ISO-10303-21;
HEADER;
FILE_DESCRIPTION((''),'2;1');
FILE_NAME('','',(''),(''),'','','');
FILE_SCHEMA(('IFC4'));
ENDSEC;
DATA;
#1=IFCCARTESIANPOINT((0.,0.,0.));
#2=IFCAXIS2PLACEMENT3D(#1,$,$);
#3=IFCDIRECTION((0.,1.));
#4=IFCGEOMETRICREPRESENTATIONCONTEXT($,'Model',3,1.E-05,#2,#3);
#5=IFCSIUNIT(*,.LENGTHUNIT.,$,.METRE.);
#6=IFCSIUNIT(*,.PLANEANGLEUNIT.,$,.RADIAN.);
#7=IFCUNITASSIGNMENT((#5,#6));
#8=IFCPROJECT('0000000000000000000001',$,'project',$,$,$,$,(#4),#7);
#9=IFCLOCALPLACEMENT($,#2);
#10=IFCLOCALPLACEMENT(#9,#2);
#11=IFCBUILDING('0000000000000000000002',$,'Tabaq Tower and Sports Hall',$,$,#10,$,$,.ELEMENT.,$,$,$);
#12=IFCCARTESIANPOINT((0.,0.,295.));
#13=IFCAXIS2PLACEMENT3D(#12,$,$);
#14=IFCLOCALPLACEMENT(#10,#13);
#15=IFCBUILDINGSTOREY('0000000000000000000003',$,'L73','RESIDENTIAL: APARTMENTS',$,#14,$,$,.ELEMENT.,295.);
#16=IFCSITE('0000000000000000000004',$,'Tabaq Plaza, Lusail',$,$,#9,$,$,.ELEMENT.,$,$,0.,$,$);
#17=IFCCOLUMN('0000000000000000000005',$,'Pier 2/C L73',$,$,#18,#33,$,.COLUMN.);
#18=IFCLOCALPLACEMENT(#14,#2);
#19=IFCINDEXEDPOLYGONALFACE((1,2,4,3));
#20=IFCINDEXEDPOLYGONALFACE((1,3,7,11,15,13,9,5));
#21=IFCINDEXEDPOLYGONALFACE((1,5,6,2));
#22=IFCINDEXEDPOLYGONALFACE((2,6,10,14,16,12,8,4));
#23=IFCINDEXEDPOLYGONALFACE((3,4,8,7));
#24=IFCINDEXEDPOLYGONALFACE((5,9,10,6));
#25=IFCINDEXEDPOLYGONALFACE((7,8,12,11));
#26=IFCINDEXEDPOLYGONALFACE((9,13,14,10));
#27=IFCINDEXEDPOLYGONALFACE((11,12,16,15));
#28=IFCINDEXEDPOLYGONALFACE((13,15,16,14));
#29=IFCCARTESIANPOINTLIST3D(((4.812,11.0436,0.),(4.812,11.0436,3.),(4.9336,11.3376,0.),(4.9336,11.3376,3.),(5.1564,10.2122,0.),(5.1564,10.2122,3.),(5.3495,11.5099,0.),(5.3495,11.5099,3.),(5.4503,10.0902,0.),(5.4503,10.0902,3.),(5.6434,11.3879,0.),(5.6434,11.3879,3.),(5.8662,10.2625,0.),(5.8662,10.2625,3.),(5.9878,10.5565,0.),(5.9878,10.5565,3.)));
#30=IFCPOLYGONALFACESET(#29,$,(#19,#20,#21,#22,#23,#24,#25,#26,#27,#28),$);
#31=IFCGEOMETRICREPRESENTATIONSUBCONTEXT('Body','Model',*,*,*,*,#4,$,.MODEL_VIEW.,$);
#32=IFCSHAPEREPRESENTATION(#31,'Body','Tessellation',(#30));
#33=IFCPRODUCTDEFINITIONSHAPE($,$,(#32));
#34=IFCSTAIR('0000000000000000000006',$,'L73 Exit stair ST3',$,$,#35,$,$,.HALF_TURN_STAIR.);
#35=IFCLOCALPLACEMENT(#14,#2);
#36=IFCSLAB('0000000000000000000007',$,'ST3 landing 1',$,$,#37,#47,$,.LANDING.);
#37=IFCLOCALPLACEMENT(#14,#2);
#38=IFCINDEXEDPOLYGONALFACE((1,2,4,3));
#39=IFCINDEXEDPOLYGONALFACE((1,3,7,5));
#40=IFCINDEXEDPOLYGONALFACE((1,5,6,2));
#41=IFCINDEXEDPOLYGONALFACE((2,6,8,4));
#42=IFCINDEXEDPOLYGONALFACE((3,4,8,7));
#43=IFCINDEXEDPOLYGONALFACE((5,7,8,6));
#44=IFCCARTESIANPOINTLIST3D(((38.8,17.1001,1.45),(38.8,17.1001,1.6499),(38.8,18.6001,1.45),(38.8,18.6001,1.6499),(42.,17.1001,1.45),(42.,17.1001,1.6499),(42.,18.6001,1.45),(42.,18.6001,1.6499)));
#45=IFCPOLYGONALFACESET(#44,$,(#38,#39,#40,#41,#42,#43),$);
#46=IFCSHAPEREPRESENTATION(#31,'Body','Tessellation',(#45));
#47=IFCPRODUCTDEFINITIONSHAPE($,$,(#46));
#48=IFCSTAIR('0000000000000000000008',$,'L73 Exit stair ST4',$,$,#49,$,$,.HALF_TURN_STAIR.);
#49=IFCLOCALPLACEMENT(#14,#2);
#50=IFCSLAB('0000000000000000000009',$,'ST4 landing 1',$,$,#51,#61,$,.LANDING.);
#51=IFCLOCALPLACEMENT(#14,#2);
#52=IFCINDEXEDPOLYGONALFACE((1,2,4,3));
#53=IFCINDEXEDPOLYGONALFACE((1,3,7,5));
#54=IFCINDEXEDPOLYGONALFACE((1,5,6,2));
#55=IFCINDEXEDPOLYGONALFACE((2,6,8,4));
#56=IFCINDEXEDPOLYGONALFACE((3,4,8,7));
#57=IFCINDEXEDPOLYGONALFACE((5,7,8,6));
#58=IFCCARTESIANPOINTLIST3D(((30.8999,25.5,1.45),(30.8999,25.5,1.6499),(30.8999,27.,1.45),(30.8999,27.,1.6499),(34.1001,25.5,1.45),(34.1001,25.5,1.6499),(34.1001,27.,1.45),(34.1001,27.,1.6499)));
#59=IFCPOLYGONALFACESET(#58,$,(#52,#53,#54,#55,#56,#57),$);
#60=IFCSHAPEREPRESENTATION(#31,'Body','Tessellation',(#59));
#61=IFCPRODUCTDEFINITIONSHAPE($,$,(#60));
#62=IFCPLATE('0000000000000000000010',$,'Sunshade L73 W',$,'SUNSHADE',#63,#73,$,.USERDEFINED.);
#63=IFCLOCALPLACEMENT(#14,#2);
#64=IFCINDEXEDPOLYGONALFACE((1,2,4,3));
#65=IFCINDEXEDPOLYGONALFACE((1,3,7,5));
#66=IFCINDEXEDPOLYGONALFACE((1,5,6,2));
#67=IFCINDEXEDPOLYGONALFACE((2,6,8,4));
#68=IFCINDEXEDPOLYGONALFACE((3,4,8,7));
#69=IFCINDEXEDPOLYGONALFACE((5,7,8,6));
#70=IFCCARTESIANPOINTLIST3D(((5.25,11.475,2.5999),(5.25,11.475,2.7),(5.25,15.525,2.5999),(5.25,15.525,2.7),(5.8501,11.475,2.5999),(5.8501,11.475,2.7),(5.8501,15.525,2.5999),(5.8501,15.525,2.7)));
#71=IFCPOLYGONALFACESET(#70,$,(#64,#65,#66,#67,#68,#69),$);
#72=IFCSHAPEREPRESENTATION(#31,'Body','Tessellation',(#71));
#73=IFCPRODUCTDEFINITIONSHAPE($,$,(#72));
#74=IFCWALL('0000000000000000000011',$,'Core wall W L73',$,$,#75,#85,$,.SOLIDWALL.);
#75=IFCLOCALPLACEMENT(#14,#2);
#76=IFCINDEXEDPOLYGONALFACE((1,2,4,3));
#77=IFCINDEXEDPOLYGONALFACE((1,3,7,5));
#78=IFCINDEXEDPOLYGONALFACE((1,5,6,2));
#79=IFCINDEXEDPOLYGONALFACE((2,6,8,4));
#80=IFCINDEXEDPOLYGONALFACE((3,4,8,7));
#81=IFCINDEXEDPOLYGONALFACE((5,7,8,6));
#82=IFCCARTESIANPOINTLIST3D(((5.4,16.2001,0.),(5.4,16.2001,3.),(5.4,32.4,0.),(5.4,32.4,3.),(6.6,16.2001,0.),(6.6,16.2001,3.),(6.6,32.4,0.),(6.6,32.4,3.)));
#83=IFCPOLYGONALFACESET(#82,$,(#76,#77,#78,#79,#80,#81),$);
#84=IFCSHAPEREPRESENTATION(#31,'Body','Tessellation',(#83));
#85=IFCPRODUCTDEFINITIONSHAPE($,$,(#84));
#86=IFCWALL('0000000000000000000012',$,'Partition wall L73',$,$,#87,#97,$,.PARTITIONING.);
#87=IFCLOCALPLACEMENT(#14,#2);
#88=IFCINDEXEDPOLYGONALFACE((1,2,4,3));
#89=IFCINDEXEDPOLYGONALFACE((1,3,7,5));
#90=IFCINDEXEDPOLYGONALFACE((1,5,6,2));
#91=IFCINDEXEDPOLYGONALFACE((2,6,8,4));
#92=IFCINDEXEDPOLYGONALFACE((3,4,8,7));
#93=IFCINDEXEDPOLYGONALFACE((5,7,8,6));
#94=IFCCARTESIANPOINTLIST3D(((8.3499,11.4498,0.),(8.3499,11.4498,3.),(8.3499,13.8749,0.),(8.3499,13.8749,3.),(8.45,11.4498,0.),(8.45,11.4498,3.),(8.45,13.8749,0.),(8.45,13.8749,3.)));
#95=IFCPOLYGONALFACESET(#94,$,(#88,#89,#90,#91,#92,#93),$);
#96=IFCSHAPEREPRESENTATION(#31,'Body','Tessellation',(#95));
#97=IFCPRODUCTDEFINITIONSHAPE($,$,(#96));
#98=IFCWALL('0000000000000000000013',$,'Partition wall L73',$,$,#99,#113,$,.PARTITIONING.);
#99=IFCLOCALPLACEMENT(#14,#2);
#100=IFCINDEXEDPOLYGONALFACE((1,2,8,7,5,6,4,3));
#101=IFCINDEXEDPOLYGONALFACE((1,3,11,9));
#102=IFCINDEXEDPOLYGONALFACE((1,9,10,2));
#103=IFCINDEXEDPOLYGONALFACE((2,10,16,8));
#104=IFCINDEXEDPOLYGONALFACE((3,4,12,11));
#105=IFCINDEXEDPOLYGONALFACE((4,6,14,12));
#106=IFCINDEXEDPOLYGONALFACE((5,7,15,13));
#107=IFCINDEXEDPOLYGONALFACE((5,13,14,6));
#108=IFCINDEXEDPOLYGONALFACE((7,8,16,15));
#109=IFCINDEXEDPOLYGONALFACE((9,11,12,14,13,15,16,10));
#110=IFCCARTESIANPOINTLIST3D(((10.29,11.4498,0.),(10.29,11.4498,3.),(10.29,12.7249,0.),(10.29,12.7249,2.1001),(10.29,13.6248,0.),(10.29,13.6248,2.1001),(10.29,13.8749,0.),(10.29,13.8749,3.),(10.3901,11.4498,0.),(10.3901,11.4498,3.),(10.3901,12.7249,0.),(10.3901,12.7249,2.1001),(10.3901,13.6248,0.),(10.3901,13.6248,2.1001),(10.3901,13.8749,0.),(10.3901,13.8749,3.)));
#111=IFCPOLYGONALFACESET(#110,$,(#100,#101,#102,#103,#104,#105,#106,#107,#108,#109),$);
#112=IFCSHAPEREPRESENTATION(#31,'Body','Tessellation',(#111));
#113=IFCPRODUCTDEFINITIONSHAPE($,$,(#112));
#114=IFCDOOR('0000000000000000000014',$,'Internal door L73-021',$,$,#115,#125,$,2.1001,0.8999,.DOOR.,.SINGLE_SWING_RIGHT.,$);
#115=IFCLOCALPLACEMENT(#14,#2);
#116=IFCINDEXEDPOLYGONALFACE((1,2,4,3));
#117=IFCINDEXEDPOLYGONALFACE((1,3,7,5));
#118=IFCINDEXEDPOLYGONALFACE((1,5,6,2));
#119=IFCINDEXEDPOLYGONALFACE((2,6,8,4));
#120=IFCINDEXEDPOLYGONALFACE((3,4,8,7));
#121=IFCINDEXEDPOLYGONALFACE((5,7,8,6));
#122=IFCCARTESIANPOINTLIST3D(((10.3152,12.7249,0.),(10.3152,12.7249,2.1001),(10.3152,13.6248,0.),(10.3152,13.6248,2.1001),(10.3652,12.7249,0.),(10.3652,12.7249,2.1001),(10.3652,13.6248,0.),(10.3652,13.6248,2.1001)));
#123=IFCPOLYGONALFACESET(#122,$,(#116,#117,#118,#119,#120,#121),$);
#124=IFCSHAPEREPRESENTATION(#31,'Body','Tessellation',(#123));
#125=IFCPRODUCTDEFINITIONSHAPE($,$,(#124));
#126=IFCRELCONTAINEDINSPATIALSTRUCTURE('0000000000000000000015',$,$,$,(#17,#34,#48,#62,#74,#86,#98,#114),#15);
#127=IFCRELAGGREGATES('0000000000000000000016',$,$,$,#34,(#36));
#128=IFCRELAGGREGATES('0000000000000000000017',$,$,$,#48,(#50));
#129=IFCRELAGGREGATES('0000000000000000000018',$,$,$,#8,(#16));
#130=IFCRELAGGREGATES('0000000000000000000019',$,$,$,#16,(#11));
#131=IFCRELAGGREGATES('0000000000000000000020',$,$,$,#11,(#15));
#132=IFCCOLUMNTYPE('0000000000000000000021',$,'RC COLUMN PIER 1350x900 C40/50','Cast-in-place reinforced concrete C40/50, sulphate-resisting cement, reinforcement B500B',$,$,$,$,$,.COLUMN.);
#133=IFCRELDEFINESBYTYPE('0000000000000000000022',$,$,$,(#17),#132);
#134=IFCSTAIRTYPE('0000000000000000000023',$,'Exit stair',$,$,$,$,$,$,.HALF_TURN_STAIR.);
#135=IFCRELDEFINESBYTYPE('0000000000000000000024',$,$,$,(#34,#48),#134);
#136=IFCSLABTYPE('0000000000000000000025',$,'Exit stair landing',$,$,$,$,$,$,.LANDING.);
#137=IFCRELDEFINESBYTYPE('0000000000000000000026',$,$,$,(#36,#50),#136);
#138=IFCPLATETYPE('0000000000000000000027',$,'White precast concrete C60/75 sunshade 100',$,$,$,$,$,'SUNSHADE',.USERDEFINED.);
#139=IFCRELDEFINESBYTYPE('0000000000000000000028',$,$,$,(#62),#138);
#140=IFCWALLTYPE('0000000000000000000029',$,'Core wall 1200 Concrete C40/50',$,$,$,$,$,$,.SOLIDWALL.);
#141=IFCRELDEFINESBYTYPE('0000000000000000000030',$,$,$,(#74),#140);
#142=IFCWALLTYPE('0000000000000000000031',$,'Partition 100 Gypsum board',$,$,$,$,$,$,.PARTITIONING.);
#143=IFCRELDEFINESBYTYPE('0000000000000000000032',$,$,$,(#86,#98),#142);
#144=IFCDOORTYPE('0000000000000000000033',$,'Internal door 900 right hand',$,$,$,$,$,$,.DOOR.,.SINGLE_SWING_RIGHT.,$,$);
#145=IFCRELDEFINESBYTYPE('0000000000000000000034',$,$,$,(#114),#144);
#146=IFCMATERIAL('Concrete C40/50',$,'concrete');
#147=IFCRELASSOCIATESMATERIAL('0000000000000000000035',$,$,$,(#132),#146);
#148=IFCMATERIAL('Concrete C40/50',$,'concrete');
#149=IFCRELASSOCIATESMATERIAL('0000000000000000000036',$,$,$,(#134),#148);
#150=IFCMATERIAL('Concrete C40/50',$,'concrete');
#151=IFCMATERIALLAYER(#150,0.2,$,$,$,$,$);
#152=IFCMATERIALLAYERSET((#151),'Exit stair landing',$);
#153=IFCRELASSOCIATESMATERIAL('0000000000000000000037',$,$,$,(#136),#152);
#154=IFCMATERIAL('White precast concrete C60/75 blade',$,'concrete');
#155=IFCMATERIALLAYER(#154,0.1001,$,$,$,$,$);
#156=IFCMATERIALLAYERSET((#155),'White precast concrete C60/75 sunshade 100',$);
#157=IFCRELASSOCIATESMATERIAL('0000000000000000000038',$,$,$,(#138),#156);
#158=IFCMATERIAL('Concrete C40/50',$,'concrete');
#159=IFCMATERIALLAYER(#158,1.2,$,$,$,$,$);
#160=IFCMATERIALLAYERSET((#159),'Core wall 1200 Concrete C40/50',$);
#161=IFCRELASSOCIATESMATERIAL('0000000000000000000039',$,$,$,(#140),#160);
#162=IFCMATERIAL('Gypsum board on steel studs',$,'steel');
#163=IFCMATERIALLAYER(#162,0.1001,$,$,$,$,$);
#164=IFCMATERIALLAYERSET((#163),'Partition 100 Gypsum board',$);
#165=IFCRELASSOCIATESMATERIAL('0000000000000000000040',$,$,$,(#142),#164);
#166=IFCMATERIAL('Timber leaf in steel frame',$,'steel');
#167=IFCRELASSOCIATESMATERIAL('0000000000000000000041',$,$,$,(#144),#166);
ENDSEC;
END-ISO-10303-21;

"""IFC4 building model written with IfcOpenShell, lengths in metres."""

from ifc_helpers import new_model, si_unit, direction, frame, frame_2d, origin, origin_2d, place, context, subcontext, project, spatial, polyline, rectangle, outline, extrude, material, layer, layer_set, material_profile, profile_set, type_object, element, fill, aggregate, save


model = new_model("IFC4")

# Units and contexts
model_context = context("Model", 3, precision=1e-05, world=origin(), true_north=direction((0.0, 1.0)))
body_context = subcontext(model_context, "Body", "Model", "MODEL_VIEW")
ifc_project = project(units=[si_unit("LENGTHUNIT", "METRE"), si_unit("PLANEANGLEUNIT", "RADIAN")], contexts=[model_context])

# Site, building, storey
site_placement = place(None, origin())
site = spatial("IfcSite", under=ifc_project, at=site_placement, Name="Tabaq Plaza, Lusail", CompositionType="ELEMENT", RefElevation=0.0)
building_placement = place(site_placement, origin())
building = spatial("IfcBuilding", under=site, at=building_placement, Name="Tabaq Tower and Sports Hall", CompositionType="ELEMENT")
storey_placement = place(building_placement, frame((0.0, 0.0, 295.0)))
storey = spatial("IfcBuildingStorey", under=building, at=storey_placement, Name="L73", Description="RESIDENTIAL: APARTMENTS", CompositionType="ELEMENT", Elevation=295.0)

# Column
ifc_material_1 = material(Name="Concrete C40/50", Category="concrete")
ifc_material_profile = material_profile(ifc_material_1, outline(polyline([(-0.45, -0.45), (0.45, -0.45), (0.675, -0.2251), (0.675, 0.2251), (0.45, 0.45), (-0.45, 0.45), (-0.675, 0.2251), (-0.675, -0.2251), (-0.45, -0.45)])), Name="PIER 1350x900")
ifc_profile_set = profile_set([ifc_material_profile], Name="Concrete C40/50")
column_type = type_object("IfcColumnType", Name="RC COLUMN PIER 1350x900 C40/50", Description="Cast-in-place reinforced concrete C40/50, sulphate-resisting cement, reinforcement B500B", PredefinedType="COLUMN", material=ifc_profile_set)
column_placement = place(storey_placement, frame((5.3999, 10.8, 0.0), z_axis=(0.0, 0.0, 1.0), x_axis=(-0.382683, 0.92388, 0.0)))
element("IfcColumn", 1, at=column_placement, inside=storey, type_object=column_type, Name="Pier 2/C L73", PredefinedType="COLUMN", context=body_context, shape_type="SweptSolid", body=[
    extrude(outline(polyline([(-0.45, -0.45), (0.45, -0.45), (0.675, -0.2251), (0.675, 0.2251), (0.45, 0.45), (-0.45, 0.45), (-0.675, 0.2251), (-0.675, -0.2251), (-0.45, -0.45)])), origin(), (0.0, 0.0, 1.0), 3.0),
])

# Stairs, slabs
ifc_material_2 = material(Name="Concrete C40/50", Category="concrete")
stair_type = type_object("IfcStairType", Name="Exit stair", PredefinedType="HALF_TURN_STAIR", material=ifc_material_2)
stair_1_placement = place(storey_placement, origin())
stair_1 = element("IfcStair", 2, at=stair_1_placement, inside=storey, type_object=stair_type, Name="L73 Exit stair ST3", PredefinedType="HALF_TURN_STAIR")
ifc_material_3 = material(Name="Concrete C40/50", Category="concrete")
ifc_layer_1 = layer(ifc_material_3, 0.2)
ifc_layer_set_1 = layer_set([ifc_layer_1], Name="Exit stair landing")
slab_type = type_object("IfcSlabType", Name="Exit stair landing", PredefinedType="LANDING", material=ifc_layer_set_1)
slab_1_placement = place(storey_placement, frame((0.0, 0.0, 1.45)))
slab_1 = element("IfcSlab", 3, at=slab_1_placement, type_object=slab_type, Name="ST3 landing 1", PredefinedType="LANDING", context=body_context, shape_type="SweptSolid", body=[
    extrude(outline(polyline([(38.8, 18.6001), (38.8, 17.1001), (42.0, 17.1001), (42.0, 18.6001), (38.8, 18.6001)])), origin(), (0.0, 0.0, 1.0), 0.2),
])
aggregate(stair_1, [slab_1])
stair_2_placement = place(storey_placement, origin())
stair_2 = element("IfcStair", 4, at=stair_2_placement, inside=storey, type_object=stair_type, Name="L73 Exit stair ST4", PredefinedType="HALF_TURN_STAIR")
slab_2_placement = place(storey_placement, frame((0.0, 0.0, 1.45)))
slab_2 = element("IfcSlab", 5, at=slab_2_placement, type_object=slab_type, Name="ST4 landing 1", PredefinedType="LANDING", context=body_context, shape_type="SweptSolid", body=[
    extrude(outline(polyline([(30.8999, 27.0), (30.8999, 25.5), (34.1001, 25.5), (34.1001, 27.0), (30.8999, 27.0)])), origin(), (0.0, 0.0, 1.0), 0.2),
])
aggregate(stair_2, [slab_2])

# Plate
ifc_material_4 = material(Name="White precast concrete C60/75 blade", Category="concrete")
ifc_layer_2 = layer(ifc_material_4, 0.1001)
ifc_layer_set_2 = layer_set([ifc_layer_2], Name="White precast concrete C60/75 sunshade 100")
plate_type = type_object("IfcPlateType", Name="White precast concrete C60/75 sunshade 100", ElementType="SUNSHADE", PredefinedType="USERDEFINED", material=ifc_layer_set_2)
plate_placement = place(storey_placement, frame((5.55, 13.5, 2.5999), z_axis=(0.0, 0.0, 1.0), x_axis=(0.0, -1.0, 0.0)))
element("IfcPlate", 6, at=plate_placement, inside=storey, type_object=plate_type, Name="Sunshade L73 W", ObjectType="SUNSHADE", PredefinedType="USERDEFINED", context=body_context, shape_type="SweptSolid", body=[
    extrude(rectangle(XDim=4.05, YDim=0.6001, at=origin_2d()), origin(), (0.0, 0.0, 1.0), 0.1001),
])

# Walls
ifc_material_5 = material(Name="Concrete C40/50", Category="concrete")
ifc_layer_3 = layer(ifc_material_5, 1.2)
ifc_layer_set_3 = layer_set([ifc_layer_3], Name="Core wall 1200 Concrete C40/50")
wall_type_1 = type_object("IfcWallType", Name="Core wall 1200 Concrete C40/50", PredefinedType="SOLIDWALL", material=ifc_layer_set_3)
wall_1_placement = place(storey_placement, frame((6.0, 16.2, 0.0), z_axis=(0.0, 0.0, 1.0), x_axis=(0.0, 1.0, 0.0)))
element("IfcWall", 7, at=wall_1_placement, inside=storey, type_object=wall_type_1, Name="Core wall W L73", PredefinedType="SOLIDWALL", context=body_context, shape_type="SweptSolid", body=[
    extrude(rectangle(XDim=16.2, YDim=1.2, at=frame_2d((8.1001, 0.0))), origin(), (0.0, 0.0, 1.0), 3.0),
])
ifc_material_6 = material(Name="Gypsum board on steel studs", Category="steel")
ifc_layer_4 = layer(ifc_material_6, 0.1001)
ifc_layer_set_4 = layer_set([ifc_layer_4], Name="Partition 100 Gypsum board")
wall_type_2 = type_object("IfcWallType", Name="Partition 100 Gypsum board", PredefinedType="PARTITIONING", material=ifc_layer_set_4)
wall_2_placement = place(storey_placement, frame((8.3999, 11.45, 0.0), z_axis=(0.0, 0.0, 1.0), x_axis=(0.0, 1.0, 0.0)))
element("IfcWall", 8, at=wall_2_placement, inside=storey, type_object=wall_type_2, Name="Partition wall L73", PredefinedType="PARTITIONING", context=body_context, shape_type="SweptSolid", body=[
    extrude(rectangle(XDim=2.425, YDim=0.1001, at=frame_2d((1.2124, 0.0))), origin(), (0.0, 0.0, 1.0), 3.0),
])

# Wall, opening, door
wall_3_placement = place(storey_placement, frame((10.3401, 11.45, 0.0), z_axis=(0.0, 0.0, 1.0), x_axis=(0.0, 1.0, 0.0)))
wall_3 = element("IfcWall", 9, at=wall_3_placement, inside=storey, type_object=wall_type_2, Name="Partition wall L73", PredefinedType="PARTITIONING", context=body_context, shape_type="SweptSolid", body=[
    extrude(rectangle(XDim=2.425, YDim=0.1001, at=frame_2d((1.2124, 0.0))), origin(), (0.0, 0.0, 1.0), 3.0),
])
opening_1_placement = place(wall_3_placement, frame((1.2749, 0.0, 0.0)))
opening_1 = element("IfcOpeningElement", 10, at=opening_1_placement, cuts=wall_3, PredefinedType="OPENING", context=body_context, shape_type="SweptSolid", body=[
    extrude(rectangle(XDim=0.8999, YDim=2.1001, at=frame_2d((0.45, 1.05))), frame((0.0, 0.05, 0.0), z_axis=(0.0, -1.0, 0.0), x_axis=(1.0, 0.0, 0.0)), (0.0, 0.0, 1.0), 0.1001),
])
ifc_material_7 = material(Name="Timber leaf in steel frame", Category="steel")
door_type_1 = type_object("IfcDoorType", Name="Internal door 900 right hand", OperationType="SINGLE_SWING_RIGHT", PredefinedType="DOOR", material=ifc_material_7)
door_1_placement = place(opening_1_placement, origin())
door_1 = element("IfcDoor", 11, at=door_1_placement, inside=storey, type_object=door_type_1, Name="Internal door L73-021", OperationType="SINGLE_SWING_RIGHT", OverallHeight=2.1001, OverallWidth=0.8999, PredefinedType="DOOR", context=body_context, shape_type="SweptSolid", body=[
    extrude(rectangle(XDim=0.8999, YDim=2.1001, at=frame_2d((0.45, 1.05))), frame((0.0, 0.0249, 0.0), z_axis=(0.0, -1.0, 0.0), x_axis=(1.0, 0.0, 0.0)), (0.0, 0.0, 1.0), 0.05),
])
fill(opening_1, door_1)

save(model, "model.ifc")
